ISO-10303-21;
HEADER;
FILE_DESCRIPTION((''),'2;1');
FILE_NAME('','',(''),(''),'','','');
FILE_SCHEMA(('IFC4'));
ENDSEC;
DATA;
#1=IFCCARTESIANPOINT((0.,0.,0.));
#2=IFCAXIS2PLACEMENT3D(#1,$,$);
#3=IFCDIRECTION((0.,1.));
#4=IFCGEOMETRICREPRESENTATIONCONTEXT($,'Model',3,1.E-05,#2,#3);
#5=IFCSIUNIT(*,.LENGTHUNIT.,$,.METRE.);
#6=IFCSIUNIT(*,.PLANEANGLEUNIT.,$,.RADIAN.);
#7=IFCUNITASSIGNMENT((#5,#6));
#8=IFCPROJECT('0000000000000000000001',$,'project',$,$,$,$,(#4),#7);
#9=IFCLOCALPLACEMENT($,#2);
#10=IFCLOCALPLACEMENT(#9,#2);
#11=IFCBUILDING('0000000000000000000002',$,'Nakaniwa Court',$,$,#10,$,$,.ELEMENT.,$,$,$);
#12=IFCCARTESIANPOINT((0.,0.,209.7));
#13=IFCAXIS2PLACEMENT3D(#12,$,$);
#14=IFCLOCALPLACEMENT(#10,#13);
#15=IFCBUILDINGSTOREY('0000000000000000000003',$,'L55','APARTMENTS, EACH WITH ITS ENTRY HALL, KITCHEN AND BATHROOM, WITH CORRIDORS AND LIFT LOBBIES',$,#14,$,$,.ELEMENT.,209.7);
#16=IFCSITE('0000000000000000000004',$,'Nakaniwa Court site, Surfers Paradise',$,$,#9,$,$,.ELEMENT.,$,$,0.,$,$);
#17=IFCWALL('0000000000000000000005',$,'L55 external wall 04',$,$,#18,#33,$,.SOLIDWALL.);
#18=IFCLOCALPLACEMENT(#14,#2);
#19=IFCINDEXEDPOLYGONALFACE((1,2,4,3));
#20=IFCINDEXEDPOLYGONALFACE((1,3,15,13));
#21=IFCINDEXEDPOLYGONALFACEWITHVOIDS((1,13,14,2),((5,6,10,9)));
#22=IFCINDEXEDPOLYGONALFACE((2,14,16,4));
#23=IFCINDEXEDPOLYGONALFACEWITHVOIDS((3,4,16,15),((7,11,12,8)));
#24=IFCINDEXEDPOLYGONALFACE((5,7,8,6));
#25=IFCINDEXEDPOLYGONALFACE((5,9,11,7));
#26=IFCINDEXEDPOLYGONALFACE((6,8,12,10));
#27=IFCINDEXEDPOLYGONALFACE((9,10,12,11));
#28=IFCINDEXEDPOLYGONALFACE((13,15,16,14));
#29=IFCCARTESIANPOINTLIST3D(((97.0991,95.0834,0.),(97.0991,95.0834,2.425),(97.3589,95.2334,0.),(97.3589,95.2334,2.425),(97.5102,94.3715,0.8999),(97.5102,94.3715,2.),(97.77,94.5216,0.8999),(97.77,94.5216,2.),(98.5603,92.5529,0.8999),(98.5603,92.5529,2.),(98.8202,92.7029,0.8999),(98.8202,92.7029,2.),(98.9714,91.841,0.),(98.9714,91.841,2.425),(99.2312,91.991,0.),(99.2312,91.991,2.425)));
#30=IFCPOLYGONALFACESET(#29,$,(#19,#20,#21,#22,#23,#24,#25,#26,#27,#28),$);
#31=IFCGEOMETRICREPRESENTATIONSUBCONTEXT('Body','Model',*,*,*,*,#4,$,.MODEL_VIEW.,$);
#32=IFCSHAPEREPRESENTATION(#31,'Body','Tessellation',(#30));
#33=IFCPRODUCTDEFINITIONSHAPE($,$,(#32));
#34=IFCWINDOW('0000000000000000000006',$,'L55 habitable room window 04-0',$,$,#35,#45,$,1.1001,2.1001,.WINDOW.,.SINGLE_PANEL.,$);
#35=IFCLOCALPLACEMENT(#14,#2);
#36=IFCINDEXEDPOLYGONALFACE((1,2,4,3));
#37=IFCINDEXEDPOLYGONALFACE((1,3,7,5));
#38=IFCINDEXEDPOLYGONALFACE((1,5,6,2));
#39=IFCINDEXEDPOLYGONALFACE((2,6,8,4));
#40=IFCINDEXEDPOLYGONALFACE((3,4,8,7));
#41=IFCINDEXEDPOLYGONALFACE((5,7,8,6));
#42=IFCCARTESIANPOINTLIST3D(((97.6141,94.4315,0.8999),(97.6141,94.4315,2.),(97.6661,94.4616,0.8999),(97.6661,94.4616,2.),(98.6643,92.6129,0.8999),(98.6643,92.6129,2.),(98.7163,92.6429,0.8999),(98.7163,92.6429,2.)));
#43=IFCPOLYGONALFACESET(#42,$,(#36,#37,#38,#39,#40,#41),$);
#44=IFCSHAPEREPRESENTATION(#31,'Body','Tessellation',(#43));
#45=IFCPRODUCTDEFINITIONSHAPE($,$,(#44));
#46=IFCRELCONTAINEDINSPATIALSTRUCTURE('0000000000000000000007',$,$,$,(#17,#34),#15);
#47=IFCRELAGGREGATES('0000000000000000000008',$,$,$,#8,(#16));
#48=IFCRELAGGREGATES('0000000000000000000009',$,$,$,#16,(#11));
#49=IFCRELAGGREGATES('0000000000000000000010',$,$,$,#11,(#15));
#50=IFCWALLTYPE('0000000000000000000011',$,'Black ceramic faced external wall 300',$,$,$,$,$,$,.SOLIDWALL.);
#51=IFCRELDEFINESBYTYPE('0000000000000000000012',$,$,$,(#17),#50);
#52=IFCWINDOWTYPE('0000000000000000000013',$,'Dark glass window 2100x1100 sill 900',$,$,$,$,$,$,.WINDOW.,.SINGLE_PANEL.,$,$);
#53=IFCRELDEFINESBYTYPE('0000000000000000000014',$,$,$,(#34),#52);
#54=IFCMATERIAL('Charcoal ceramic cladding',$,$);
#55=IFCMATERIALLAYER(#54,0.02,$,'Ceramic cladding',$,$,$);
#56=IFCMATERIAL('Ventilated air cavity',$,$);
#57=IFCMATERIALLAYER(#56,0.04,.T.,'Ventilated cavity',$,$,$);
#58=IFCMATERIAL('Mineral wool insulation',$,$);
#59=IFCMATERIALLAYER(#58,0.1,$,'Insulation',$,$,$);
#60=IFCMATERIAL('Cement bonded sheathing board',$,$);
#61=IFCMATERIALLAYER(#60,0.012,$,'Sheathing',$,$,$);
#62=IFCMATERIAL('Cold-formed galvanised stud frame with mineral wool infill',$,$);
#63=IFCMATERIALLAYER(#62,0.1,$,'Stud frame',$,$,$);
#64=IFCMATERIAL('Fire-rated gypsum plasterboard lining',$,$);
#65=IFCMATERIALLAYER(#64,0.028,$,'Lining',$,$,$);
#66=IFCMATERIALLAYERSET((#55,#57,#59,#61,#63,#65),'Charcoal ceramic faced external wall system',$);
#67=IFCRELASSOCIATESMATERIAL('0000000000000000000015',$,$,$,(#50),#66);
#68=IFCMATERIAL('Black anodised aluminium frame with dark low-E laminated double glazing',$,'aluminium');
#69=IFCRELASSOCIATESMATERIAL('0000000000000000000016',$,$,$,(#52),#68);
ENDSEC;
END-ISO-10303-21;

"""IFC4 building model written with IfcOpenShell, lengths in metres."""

from ifc_helpers import new_model, si_unit, direction, frame, frame_2d, origin, place, context, subcontext, project, spatial, rectangle, extrude, material, layer, layer_set, type_object, element, fill, save


model = new_model("IFC4")

# Units and contexts
model_context = context("Model", 3, precision=1e-05, world=origin(), true_north=direction((0.0, 1.0)))
body_context = subcontext(model_context, "Body", "Model", "MODEL_VIEW")
ifc_project = project(units=[si_unit("LENGTHUNIT", "METRE"), si_unit("PLANEANGLEUNIT", "RADIAN")], contexts=[model_context])

# Site, building, storey
site_placement = place(None, origin())
site = spatial("IfcSite", under=ifc_project, at=site_placement, Name="Nakaniwa Court site, Surfers Paradise", CompositionType="ELEMENT", RefElevation=0.0)
building_placement = place(site_placement, origin())
building = spatial("IfcBuilding", under=site, at=building_placement, Name="Nakaniwa Court", CompositionType="ELEMENT")
storey_placement = place(building_placement, frame((0.0, 0.0, 209.7)))
storey = spatial("IfcBuildingStorey", under=building, at=storey_placement, Name="L55", Description="APARTMENTS, EACH WITH ITS ENTRY HALL, KITCHEN AND BATHROOM, WITH CORRIDORS AND LIFT LOBBIES", CompositionType="ELEMENT", Elevation=209.7)

# Wall, opening, window
ifc_material_1 = material(Name="Charcoal ceramic cladding")
ifc_layer_1 = layer(ifc_material_1, 0.02, Name="Ceramic cladding")
ifc_material_2 = material(Name="Ventilated air cavity")
ifc_layer_2 = layer(ifc_material_2, 0.04, ventilated=True, Name="Ventilated cavity")
ifc_material_3 = material(Name="Mineral wool insulation")
ifc_layer_3 = layer(ifc_material_3, 0.1, Name="Insulation")
ifc_material_4 = material(Name="Cement bonded sheathing board")
ifc_layer_4 = layer(ifc_material_4, 0.012, Name="Sheathing")
ifc_material_5 = material(Name="Cold-formed galvanised stud frame with mineral wool infill")
ifc_layer_5 = layer(ifc_material_5, 0.1, Name="Stud frame")
ifc_material_6 = material(Name="Fire-rated gypsum plasterboard lining")
ifc_layer_6 = layer(ifc_material_6, 0.028, Name="Lining")
ifc_layer_set_1 = layer_set([ifc_layer_1, ifc_layer_2, ifc_layer_3, ifc_layer_4, ifc_layer_5, ifc_layer_6], Name="Charcoal ceramic faced external wall system")
wall_type_1 = type_object("IfcWallType", Name="Black ceramic faced external wall 300", PredefinedType="SOLIDWALL", material=ifc_layer_set_1)
wall_1_placement = place(storey_placement, frame((99.1013, 91.916, 0.0), z_axis=(0.0, 0.0, 1.0), x_axis=(-0.500059, 0.865991, 0.0)))
wall_1 = element("IfcWall", 1, at=wall_1_placement, inside=storey, type_object=wall_type_1, Name="L55 external wall 04", PredefinedType="SOLIDWALL", context=body_context, shape_type="SweptSolid", body=[
    extrude(rectangle(XDim=3.7441, YDim=0.3, at=frame_2d((1.8721, 0.0))), origin(), (0.0, 0.0, 1.0), 2.425),
])
opening_1_placement = place(wall_1_placement, frame((0.822, 0.0, 0.8999)))
opening_1 = element("IfcOpeningElement", 2, at=opening_1_placement, cuts=wall_1, PredefinedType="OPENING", context=body_context, shape_type="SweptSolid", body=[
    extrude(rectangle(XDim=2.1001, YDim=1.1001, at=frame_2d((1.05, 0.55))), frame((0.0, 0.1599, 0.0), z_axis=(0.0, -1.0, 0.0), x_axis=(1.0, 0.0, 0.0)), (0.0, 0.0, 1.0), 0.3201),
])
ifc_material_7 = material(Name="Black anodised aluminium frame with dark low-E laminated double glazing", Category="aluminium")
window_type = type_object("IfcWindowType", Name="Dark glass window 2100x1100 sill 900", PartitioningType="SINGLE_PANEL", PredefinedType="WINDOW", material=ifc_material_7)
window_placement = place(opening_1_placement, origin())
window = element("IfcWindow", 3, at=window_placement, inside=storey, type_object=window_type, Name="L55 habitable room window 04-0", OverallHeight=1.1001, OverallWidth=2.1001, PartitioningType="SINGLE_PANEL", PredefinedType="WINDOW", context=body_context, shape_type="SweptSolid", body=[
    extrude(rectangle(XDim=2.1001, YDim=1.1001, at=frame_2d((1.05, 0.55))), frame((0.0, 0.03, 0.0), z_axis=(0.0, -1.0, 0.0), x_axis=(1.0, 0.0, 0.0)), (0.0, 0.0, 1.0), 0.0601),
])
fill(opening_1, window)

save(model, "model.ifc")
